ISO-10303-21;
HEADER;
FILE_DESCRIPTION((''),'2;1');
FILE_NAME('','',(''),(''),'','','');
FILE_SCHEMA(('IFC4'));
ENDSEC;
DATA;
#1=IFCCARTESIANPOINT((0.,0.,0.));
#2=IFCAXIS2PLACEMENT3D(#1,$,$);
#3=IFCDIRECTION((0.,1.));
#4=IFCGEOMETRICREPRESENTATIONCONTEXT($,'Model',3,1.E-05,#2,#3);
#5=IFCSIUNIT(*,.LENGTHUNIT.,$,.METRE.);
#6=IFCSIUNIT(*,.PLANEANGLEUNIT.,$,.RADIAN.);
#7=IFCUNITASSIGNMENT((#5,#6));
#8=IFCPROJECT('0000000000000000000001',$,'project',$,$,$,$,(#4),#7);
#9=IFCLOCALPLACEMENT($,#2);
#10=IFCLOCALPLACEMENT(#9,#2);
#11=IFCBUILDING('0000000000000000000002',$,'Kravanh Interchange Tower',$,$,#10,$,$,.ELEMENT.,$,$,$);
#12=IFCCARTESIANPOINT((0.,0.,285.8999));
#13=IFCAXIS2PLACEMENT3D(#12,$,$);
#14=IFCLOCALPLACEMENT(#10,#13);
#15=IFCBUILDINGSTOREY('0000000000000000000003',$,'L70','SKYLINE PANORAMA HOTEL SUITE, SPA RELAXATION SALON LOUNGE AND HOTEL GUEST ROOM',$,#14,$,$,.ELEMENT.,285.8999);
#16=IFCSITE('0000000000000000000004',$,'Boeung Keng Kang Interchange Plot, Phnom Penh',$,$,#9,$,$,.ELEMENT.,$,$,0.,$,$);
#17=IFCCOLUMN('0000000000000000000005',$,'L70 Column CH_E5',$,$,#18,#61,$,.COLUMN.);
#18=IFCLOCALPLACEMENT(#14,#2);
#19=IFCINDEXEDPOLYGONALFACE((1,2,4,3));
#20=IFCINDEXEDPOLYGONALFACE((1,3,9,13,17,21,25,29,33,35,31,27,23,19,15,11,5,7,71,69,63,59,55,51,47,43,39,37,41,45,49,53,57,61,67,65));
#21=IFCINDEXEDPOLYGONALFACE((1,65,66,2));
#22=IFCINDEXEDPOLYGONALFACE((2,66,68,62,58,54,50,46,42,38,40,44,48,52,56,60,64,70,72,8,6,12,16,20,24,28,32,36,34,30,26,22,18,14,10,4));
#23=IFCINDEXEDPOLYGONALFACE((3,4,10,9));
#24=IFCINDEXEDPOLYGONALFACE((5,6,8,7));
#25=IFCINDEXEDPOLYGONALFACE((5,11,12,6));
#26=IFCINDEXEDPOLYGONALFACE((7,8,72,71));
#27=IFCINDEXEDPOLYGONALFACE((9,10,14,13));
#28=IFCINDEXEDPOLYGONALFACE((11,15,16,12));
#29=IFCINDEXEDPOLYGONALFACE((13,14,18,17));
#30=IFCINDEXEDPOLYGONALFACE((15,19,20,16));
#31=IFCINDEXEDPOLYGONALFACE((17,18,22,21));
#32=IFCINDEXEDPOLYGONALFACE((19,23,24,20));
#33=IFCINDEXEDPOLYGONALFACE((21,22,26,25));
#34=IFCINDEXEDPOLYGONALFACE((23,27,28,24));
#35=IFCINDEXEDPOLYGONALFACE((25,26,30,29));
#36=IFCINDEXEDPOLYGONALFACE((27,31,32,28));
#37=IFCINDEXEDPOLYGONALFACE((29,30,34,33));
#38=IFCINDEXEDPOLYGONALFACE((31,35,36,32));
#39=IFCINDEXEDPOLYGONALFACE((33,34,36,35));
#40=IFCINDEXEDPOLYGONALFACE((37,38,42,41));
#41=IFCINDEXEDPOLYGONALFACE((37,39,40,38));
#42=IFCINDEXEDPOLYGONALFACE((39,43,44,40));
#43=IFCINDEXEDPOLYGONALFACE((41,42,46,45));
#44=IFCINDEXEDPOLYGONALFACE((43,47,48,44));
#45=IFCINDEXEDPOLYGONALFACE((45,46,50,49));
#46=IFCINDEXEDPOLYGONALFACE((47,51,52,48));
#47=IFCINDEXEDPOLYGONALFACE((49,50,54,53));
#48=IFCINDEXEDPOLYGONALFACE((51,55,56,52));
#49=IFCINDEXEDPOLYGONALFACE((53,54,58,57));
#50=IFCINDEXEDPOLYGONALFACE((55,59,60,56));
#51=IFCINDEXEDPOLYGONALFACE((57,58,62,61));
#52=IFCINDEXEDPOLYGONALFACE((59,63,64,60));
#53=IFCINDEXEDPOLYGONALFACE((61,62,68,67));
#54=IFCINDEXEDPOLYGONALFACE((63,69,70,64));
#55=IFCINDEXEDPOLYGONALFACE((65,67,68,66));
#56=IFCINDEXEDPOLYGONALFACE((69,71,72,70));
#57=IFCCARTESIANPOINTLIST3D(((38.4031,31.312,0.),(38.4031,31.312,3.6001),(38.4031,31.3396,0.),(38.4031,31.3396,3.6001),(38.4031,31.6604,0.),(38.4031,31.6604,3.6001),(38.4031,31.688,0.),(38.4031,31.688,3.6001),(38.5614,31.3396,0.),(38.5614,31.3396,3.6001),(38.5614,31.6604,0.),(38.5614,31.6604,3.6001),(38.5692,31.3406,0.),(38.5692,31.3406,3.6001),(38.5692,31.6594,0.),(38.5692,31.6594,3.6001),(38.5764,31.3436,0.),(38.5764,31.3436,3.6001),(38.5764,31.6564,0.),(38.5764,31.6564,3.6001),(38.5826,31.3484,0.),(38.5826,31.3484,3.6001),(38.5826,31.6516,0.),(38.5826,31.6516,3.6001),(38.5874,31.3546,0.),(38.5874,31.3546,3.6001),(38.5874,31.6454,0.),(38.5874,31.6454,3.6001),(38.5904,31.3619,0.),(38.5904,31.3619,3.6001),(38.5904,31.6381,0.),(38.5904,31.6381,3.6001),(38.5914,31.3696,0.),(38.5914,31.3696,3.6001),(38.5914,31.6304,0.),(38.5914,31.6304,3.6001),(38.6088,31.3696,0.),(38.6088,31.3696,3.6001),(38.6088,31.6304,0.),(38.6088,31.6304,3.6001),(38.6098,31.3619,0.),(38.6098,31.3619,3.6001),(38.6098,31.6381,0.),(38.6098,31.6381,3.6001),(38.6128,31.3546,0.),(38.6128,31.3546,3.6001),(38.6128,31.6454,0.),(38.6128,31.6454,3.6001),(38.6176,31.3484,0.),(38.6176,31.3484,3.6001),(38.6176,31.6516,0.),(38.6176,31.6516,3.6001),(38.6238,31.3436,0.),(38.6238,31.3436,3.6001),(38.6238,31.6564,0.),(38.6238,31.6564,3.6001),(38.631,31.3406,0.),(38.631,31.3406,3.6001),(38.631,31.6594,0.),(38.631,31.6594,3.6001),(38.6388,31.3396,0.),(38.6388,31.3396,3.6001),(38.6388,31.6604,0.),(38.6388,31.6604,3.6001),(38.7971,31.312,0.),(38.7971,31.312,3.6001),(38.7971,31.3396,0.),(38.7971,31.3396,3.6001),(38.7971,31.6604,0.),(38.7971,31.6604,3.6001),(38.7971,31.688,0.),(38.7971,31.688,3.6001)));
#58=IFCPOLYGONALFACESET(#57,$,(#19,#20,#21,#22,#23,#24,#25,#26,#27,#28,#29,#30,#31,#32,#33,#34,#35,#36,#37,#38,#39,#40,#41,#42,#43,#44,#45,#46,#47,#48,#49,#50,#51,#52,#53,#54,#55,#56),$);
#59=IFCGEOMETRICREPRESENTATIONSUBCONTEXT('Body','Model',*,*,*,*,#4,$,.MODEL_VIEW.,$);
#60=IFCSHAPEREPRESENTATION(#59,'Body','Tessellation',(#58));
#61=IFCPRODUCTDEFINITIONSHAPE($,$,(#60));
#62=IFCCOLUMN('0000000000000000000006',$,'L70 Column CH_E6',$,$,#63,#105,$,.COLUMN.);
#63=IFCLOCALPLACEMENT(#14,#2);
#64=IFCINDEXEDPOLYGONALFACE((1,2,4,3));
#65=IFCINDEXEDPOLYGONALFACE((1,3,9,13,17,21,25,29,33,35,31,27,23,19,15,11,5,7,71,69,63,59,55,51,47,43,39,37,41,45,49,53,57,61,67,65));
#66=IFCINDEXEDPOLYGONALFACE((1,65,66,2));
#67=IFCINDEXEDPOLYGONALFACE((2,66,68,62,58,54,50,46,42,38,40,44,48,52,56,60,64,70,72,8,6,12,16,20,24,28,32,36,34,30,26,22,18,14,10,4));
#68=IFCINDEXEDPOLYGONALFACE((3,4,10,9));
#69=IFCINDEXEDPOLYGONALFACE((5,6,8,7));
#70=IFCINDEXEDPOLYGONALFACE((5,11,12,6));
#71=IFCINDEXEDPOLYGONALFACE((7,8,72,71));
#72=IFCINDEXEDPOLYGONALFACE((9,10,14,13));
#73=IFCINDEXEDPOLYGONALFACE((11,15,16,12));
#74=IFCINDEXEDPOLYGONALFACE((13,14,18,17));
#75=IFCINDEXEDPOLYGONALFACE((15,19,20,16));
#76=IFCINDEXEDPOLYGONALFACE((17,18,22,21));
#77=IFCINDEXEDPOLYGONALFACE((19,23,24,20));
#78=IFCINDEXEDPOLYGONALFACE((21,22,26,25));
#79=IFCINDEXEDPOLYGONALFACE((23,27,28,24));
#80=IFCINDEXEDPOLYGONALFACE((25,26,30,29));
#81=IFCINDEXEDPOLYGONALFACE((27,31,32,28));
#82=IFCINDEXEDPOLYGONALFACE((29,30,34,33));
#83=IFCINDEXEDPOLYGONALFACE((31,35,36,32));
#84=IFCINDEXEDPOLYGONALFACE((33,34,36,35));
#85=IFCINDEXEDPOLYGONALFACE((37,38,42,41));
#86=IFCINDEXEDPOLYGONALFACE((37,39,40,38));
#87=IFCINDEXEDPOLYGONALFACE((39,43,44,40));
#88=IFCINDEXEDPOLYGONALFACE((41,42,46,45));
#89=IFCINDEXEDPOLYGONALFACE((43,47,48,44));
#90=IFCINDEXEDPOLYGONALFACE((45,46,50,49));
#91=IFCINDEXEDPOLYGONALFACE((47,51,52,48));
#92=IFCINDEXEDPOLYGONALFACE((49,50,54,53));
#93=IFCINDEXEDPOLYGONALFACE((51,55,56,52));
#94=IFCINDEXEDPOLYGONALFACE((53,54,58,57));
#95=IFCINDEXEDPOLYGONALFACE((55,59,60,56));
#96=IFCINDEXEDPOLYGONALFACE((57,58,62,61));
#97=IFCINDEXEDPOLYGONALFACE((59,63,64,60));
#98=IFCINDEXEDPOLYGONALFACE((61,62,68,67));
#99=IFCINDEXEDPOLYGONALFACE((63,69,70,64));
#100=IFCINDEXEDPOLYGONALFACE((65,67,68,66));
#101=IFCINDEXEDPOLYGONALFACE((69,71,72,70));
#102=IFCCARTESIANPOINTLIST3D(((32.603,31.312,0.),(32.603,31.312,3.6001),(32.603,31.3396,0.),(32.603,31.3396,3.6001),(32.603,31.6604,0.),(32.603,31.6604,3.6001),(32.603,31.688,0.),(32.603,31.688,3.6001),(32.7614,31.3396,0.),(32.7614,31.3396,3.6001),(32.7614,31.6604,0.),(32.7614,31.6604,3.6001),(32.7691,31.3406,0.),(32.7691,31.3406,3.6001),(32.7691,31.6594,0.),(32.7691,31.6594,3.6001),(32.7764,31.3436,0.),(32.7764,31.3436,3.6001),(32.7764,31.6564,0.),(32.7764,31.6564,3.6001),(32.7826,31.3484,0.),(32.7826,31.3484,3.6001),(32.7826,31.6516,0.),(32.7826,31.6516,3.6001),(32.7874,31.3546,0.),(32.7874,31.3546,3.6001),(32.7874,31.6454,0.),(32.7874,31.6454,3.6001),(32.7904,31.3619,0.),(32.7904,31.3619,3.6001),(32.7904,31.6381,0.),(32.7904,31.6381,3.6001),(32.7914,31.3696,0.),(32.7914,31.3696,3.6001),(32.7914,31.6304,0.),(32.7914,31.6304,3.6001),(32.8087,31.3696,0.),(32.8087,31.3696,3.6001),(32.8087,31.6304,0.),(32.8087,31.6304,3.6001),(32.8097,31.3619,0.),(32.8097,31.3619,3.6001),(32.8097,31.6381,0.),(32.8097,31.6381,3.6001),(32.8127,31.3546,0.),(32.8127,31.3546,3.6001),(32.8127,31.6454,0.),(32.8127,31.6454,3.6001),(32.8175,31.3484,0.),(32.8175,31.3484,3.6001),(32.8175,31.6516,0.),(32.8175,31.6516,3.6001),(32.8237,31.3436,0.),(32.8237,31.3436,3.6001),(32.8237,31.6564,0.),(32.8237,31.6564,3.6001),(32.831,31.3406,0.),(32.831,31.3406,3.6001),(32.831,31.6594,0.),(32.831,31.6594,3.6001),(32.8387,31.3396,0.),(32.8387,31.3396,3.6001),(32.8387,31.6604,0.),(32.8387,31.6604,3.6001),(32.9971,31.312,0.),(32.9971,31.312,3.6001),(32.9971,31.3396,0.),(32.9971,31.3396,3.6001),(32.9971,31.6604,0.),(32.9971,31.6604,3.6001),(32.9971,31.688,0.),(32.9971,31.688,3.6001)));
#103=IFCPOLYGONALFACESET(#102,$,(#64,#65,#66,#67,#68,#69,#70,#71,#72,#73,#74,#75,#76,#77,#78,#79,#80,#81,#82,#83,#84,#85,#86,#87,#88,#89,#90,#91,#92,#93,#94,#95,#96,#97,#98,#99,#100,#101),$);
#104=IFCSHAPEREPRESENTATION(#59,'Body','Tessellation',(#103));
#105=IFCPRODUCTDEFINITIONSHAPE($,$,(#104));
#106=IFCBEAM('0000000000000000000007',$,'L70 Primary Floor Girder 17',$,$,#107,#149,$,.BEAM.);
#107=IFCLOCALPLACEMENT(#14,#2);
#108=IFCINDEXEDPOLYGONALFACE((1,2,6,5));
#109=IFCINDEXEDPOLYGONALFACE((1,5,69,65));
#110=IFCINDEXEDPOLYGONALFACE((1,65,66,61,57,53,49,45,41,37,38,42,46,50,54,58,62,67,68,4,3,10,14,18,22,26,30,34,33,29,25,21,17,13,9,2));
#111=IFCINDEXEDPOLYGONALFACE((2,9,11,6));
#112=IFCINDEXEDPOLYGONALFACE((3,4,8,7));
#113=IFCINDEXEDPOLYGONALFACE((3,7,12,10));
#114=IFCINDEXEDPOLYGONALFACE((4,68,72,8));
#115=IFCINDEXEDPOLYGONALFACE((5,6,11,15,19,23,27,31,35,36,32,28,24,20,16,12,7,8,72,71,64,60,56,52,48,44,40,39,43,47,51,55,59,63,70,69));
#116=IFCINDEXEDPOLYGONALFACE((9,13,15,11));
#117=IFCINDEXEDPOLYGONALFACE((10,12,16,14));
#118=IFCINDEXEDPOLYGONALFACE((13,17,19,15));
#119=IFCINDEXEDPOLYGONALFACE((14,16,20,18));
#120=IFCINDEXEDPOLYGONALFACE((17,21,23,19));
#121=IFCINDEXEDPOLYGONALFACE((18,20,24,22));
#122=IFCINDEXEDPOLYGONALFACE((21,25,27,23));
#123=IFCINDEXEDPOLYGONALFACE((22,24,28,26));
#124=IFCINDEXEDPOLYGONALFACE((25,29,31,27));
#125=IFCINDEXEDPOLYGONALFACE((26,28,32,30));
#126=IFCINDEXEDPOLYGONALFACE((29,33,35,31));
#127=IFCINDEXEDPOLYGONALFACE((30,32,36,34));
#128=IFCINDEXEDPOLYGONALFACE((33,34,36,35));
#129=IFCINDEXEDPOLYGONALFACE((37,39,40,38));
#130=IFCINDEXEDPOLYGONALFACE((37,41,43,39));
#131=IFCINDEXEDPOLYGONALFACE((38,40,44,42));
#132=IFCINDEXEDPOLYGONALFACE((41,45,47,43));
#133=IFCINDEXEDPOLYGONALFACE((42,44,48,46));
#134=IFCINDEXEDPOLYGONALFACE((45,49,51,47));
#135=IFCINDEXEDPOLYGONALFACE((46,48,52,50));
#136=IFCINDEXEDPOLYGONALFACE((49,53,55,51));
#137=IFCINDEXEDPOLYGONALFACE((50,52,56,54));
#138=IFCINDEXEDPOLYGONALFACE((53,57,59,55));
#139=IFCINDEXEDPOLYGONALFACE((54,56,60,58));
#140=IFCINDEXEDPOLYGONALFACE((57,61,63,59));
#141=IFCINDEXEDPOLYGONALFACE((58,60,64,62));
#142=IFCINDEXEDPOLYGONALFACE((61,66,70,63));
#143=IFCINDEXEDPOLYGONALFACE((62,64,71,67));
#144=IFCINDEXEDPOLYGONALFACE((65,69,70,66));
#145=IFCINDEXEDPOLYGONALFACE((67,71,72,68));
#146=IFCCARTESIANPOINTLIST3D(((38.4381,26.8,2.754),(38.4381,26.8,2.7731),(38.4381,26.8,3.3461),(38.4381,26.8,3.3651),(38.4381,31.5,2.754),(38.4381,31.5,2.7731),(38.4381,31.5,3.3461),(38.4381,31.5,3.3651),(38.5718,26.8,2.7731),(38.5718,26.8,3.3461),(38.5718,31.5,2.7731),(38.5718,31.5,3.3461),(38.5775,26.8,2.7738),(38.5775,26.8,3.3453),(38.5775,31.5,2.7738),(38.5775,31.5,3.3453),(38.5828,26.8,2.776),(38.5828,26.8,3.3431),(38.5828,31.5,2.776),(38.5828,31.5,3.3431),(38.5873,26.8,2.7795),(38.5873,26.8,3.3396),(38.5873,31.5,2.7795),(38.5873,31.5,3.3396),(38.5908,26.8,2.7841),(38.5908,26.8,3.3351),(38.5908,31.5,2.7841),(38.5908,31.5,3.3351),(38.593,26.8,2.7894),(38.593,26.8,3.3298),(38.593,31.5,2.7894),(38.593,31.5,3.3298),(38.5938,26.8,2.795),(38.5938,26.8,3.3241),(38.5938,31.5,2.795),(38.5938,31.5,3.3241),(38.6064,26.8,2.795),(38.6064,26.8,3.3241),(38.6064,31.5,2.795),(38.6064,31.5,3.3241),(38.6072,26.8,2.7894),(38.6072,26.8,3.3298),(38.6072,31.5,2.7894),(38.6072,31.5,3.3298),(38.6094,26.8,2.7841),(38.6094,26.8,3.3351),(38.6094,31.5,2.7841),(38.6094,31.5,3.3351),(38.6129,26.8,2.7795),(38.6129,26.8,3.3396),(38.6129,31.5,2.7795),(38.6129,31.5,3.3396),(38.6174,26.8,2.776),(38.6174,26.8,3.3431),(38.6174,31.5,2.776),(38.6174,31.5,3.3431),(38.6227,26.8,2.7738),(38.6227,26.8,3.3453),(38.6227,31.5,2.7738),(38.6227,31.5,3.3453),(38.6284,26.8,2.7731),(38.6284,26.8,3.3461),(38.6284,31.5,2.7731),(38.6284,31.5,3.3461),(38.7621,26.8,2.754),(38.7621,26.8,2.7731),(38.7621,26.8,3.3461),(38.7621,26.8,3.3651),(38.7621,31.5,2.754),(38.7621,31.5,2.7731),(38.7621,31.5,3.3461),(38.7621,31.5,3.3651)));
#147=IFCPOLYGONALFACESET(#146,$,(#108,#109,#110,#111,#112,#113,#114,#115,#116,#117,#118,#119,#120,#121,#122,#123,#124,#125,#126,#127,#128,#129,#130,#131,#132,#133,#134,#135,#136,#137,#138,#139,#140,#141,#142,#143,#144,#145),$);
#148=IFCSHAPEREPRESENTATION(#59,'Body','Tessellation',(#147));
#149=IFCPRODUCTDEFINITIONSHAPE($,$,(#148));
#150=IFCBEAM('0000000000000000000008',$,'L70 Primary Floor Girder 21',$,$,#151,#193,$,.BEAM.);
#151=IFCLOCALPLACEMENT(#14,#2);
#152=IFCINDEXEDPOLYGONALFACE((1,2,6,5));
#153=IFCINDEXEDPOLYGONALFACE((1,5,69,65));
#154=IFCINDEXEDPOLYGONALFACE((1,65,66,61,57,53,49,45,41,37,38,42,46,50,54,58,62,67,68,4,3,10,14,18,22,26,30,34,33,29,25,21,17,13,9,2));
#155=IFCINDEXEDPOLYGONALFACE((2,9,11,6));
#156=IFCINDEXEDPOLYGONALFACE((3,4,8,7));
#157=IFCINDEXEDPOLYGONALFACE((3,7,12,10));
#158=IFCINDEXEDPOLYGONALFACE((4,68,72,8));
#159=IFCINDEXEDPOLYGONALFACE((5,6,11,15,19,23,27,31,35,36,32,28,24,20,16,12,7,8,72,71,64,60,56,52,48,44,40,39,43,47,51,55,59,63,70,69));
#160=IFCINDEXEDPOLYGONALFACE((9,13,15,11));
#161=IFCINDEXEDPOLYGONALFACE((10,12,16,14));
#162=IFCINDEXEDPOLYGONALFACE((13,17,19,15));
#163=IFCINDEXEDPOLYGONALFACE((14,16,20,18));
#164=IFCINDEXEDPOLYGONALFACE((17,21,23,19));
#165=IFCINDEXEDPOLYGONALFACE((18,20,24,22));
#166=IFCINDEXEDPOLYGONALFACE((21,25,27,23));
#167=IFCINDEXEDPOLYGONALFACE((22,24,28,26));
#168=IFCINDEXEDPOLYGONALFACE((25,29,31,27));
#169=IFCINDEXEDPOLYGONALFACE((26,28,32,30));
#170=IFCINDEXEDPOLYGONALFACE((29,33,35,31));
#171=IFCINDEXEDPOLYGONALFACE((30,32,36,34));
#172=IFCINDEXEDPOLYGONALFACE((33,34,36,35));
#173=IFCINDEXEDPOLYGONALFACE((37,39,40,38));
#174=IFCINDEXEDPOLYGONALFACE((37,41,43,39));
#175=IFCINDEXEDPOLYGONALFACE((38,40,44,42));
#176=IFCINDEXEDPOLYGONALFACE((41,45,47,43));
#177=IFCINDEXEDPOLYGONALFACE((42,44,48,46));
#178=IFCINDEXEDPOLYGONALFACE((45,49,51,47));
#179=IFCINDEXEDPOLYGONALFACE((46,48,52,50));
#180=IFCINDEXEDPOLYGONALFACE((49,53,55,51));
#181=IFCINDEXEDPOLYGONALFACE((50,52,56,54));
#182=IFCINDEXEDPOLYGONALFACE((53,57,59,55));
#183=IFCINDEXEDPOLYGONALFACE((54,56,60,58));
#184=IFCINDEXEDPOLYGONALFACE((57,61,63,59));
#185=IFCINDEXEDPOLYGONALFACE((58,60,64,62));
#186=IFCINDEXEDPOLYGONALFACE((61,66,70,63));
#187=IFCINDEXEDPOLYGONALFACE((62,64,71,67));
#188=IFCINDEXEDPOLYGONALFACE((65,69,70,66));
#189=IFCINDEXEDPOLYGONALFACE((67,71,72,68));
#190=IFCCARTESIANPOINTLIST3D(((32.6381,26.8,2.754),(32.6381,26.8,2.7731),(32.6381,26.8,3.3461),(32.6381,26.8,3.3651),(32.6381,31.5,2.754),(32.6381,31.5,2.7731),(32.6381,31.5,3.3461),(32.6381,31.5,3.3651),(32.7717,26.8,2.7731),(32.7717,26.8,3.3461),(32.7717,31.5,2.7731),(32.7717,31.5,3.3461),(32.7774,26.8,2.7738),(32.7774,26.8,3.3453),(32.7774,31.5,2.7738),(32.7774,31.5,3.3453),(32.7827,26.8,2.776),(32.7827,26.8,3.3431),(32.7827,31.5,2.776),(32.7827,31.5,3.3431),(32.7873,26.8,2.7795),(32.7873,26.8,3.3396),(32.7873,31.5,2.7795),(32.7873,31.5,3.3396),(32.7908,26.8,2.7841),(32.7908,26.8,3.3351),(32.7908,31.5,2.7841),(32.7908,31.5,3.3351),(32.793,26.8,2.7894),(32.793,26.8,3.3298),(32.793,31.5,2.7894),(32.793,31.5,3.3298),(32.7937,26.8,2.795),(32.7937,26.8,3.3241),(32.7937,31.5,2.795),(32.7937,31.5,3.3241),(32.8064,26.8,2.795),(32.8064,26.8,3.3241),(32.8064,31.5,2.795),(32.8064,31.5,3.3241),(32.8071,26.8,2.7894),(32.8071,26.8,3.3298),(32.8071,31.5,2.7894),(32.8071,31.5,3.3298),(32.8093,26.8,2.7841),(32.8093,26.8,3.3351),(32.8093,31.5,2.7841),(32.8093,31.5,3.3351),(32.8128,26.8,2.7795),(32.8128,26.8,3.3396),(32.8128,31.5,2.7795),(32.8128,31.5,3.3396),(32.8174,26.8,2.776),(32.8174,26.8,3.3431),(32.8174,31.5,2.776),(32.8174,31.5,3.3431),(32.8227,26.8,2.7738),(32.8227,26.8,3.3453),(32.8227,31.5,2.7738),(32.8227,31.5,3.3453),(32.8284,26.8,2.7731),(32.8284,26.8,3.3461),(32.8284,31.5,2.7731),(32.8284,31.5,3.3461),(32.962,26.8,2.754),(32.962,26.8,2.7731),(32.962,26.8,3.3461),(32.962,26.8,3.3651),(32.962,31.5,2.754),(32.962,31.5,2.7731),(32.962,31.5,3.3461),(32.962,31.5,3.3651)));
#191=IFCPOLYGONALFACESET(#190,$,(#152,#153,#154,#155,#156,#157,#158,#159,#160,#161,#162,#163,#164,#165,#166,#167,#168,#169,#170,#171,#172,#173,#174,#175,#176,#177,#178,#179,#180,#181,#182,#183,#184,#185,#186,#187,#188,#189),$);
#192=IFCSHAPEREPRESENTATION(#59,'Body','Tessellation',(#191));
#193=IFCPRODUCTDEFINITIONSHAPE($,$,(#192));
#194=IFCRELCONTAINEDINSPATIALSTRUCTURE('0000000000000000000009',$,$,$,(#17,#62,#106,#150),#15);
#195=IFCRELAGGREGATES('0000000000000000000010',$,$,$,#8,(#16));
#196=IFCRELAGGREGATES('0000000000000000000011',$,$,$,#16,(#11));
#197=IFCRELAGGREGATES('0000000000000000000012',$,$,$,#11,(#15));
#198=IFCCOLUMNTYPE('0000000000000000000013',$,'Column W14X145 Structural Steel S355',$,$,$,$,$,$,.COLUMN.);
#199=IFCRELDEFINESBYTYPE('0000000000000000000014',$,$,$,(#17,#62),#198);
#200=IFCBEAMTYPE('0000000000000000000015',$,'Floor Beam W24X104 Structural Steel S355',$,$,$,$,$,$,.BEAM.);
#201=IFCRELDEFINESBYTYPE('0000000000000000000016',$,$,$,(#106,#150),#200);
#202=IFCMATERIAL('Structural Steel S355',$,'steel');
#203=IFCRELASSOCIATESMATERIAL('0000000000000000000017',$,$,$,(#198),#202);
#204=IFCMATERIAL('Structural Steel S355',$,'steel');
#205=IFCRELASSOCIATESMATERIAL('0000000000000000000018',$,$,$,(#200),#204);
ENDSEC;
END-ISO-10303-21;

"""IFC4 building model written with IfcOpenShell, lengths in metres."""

from ifc_helpers import new_model, si_unit, direction, frame, origin, origin_2d, place, context, subcontext, project, spatial, i_section, extrude, material, material_profile, profile_set, type_object, element, save


model = new_model("IFC4")

# Units and contexts
model_context = context("Model", 3, precision=1e-05, world=origin(), true_north=direction((0.0, 1.0)))
body_context = subcontext(model_context, "Body", "Model", "MODEL_VIEW")
ifc_project = project(units=[si_unit("LENGTHUNIT", "METRE"), si_unit("PLANEANGLEUNIT", "RADIAN")], contexts=[model_context])

# Site, building, storey
site_placement = place(None, origin())
site = spatial("IfcSite", under=ifc_project, at=site_placement, Name="Boeung Keng Kang Interchange Plot, Phnom Penh", CompositionType="ELEMENT", RefElevation=0.0)
building_placement = place(site_placement, origin())
building = spatial("IfcBuilding", under=site, at=building_placement, Name="Kravanh Interchange Tower", CompositionType="ELEMENT")
storey_placement = place(building_placement, frame((0.0, 0.0, 285.8999)))
storey = spatial("IfcBuildingStorey", under=building, at=storey_placement, Name="L70", Description="SKYLINE PANORAMA HOTEL SUITE, SPA RELAXATION SALON LOUNGE AND HOTEL GUEST ROOM", CompositionType="ELEMENT", Elevation=285.8999)

# Columns
ifc_material_1 = material(Name="Structural Steel S355", Category="steel")
ifc_material_profile_1 = material_profile(ifc_material_1, i_section(OverallWidth=0.394, OverallDepth=0.376, WebThickness=0.0173, FlangeThickness=0.0276, FilletRadius=0.03, at=origin_2d()), Name="W14X145")
ifc_profile_set_1 = profile_set([ifc_material_profile_1], Name="Structural Steel S355")
column_type = type_object("IfcColumnType", Name="Column W14X145 Structural Steel S355", PredefinedType="COLUMN", material=ifc_profile_set_1)
for number, where, z_axis, x_axis, name in (
    (1, (38.6001, 31.5, 0.0), (0.0, 0.0, 1.0), (1.0, 0.0, 0.0), "L70 Column CH_E5"),
    (2, (32.8, 31.5, 0.0), (0.0, 0.0, 1.0), (1.0, 0.0, 0.0), "L70 Column CH_E6"),
):
    element("IfcColumn", number, at=place(storey_placement, frame(where, z_axis=z_axis, x_axis=x_axis)), inside=storey, type_object=column_type, Name=name, PredefinedType="COLUMN", context=body_context, shape_type="SweptSolid", body=[
        extrude(i_section(OverallWidth=0.394, OverallDepth=0.376, WebThickness=0.0173, FlangeThickness=0.0276, FilletRadius=0.03, at=origin_2d()), origin(), (0.0, 0.0, 1.0), 3.6001),
    ])

# Beams
ifc_material_2 = material(Name="Structural Steel S355", Category="steel")
ifc_material_profile_2 = material_profile(ifc_material_2, i_section(OverallWidth=0.324, OverallDepth=0.6111, WebThickness=0.0127, FlangeThickness=0.019, FilletRadius=0.022, at=origin_2d()), Name="W24X104")
ifc_profile_set_2 = profile_set([ifc_material_profile_2], Name="Structural Steel S355")
beam_type_1 = type_object("IfcBeamType", Name="Floor Beam W24X104 Structural Steel S355", PredefinedType="BEAM", material=ifc_profile_set_2)
for number, where, z_axis, x_axis, name in (
    (3, (38.6001, 31.5, 3.0596), (0.0, -1.0, 0.0), (1.0, 0.0, 0.0), "L70 Primary Floor Girder 17"),
    (4, (32.8, 31.5, 3.0596), (0.0, -1.0, 0.0), (1.0, 0.0, 0.0), "L70 Primary Floor Girder 21"),
):
    element("IfcBeam", number, at=place(storey_placement, frame(where, z_axis=z_axis, x_axis=x_axis)), inside=storey, type_object=beam_type_1, Name=name, PredefinedType="BEAM", context=body_context, shape_type="SweptSolid", body=[
        extrude(i_section(OverallWidth=0.324, OverallDepth=0.6111, WebThickness=0.0127, FlangeThickness=0.019, FilletRadius=0.022, at=origin_2d()), origin(), (0.0, 0.0, 1.0), 4.7),
    ])

save(model, "model.ifc")
